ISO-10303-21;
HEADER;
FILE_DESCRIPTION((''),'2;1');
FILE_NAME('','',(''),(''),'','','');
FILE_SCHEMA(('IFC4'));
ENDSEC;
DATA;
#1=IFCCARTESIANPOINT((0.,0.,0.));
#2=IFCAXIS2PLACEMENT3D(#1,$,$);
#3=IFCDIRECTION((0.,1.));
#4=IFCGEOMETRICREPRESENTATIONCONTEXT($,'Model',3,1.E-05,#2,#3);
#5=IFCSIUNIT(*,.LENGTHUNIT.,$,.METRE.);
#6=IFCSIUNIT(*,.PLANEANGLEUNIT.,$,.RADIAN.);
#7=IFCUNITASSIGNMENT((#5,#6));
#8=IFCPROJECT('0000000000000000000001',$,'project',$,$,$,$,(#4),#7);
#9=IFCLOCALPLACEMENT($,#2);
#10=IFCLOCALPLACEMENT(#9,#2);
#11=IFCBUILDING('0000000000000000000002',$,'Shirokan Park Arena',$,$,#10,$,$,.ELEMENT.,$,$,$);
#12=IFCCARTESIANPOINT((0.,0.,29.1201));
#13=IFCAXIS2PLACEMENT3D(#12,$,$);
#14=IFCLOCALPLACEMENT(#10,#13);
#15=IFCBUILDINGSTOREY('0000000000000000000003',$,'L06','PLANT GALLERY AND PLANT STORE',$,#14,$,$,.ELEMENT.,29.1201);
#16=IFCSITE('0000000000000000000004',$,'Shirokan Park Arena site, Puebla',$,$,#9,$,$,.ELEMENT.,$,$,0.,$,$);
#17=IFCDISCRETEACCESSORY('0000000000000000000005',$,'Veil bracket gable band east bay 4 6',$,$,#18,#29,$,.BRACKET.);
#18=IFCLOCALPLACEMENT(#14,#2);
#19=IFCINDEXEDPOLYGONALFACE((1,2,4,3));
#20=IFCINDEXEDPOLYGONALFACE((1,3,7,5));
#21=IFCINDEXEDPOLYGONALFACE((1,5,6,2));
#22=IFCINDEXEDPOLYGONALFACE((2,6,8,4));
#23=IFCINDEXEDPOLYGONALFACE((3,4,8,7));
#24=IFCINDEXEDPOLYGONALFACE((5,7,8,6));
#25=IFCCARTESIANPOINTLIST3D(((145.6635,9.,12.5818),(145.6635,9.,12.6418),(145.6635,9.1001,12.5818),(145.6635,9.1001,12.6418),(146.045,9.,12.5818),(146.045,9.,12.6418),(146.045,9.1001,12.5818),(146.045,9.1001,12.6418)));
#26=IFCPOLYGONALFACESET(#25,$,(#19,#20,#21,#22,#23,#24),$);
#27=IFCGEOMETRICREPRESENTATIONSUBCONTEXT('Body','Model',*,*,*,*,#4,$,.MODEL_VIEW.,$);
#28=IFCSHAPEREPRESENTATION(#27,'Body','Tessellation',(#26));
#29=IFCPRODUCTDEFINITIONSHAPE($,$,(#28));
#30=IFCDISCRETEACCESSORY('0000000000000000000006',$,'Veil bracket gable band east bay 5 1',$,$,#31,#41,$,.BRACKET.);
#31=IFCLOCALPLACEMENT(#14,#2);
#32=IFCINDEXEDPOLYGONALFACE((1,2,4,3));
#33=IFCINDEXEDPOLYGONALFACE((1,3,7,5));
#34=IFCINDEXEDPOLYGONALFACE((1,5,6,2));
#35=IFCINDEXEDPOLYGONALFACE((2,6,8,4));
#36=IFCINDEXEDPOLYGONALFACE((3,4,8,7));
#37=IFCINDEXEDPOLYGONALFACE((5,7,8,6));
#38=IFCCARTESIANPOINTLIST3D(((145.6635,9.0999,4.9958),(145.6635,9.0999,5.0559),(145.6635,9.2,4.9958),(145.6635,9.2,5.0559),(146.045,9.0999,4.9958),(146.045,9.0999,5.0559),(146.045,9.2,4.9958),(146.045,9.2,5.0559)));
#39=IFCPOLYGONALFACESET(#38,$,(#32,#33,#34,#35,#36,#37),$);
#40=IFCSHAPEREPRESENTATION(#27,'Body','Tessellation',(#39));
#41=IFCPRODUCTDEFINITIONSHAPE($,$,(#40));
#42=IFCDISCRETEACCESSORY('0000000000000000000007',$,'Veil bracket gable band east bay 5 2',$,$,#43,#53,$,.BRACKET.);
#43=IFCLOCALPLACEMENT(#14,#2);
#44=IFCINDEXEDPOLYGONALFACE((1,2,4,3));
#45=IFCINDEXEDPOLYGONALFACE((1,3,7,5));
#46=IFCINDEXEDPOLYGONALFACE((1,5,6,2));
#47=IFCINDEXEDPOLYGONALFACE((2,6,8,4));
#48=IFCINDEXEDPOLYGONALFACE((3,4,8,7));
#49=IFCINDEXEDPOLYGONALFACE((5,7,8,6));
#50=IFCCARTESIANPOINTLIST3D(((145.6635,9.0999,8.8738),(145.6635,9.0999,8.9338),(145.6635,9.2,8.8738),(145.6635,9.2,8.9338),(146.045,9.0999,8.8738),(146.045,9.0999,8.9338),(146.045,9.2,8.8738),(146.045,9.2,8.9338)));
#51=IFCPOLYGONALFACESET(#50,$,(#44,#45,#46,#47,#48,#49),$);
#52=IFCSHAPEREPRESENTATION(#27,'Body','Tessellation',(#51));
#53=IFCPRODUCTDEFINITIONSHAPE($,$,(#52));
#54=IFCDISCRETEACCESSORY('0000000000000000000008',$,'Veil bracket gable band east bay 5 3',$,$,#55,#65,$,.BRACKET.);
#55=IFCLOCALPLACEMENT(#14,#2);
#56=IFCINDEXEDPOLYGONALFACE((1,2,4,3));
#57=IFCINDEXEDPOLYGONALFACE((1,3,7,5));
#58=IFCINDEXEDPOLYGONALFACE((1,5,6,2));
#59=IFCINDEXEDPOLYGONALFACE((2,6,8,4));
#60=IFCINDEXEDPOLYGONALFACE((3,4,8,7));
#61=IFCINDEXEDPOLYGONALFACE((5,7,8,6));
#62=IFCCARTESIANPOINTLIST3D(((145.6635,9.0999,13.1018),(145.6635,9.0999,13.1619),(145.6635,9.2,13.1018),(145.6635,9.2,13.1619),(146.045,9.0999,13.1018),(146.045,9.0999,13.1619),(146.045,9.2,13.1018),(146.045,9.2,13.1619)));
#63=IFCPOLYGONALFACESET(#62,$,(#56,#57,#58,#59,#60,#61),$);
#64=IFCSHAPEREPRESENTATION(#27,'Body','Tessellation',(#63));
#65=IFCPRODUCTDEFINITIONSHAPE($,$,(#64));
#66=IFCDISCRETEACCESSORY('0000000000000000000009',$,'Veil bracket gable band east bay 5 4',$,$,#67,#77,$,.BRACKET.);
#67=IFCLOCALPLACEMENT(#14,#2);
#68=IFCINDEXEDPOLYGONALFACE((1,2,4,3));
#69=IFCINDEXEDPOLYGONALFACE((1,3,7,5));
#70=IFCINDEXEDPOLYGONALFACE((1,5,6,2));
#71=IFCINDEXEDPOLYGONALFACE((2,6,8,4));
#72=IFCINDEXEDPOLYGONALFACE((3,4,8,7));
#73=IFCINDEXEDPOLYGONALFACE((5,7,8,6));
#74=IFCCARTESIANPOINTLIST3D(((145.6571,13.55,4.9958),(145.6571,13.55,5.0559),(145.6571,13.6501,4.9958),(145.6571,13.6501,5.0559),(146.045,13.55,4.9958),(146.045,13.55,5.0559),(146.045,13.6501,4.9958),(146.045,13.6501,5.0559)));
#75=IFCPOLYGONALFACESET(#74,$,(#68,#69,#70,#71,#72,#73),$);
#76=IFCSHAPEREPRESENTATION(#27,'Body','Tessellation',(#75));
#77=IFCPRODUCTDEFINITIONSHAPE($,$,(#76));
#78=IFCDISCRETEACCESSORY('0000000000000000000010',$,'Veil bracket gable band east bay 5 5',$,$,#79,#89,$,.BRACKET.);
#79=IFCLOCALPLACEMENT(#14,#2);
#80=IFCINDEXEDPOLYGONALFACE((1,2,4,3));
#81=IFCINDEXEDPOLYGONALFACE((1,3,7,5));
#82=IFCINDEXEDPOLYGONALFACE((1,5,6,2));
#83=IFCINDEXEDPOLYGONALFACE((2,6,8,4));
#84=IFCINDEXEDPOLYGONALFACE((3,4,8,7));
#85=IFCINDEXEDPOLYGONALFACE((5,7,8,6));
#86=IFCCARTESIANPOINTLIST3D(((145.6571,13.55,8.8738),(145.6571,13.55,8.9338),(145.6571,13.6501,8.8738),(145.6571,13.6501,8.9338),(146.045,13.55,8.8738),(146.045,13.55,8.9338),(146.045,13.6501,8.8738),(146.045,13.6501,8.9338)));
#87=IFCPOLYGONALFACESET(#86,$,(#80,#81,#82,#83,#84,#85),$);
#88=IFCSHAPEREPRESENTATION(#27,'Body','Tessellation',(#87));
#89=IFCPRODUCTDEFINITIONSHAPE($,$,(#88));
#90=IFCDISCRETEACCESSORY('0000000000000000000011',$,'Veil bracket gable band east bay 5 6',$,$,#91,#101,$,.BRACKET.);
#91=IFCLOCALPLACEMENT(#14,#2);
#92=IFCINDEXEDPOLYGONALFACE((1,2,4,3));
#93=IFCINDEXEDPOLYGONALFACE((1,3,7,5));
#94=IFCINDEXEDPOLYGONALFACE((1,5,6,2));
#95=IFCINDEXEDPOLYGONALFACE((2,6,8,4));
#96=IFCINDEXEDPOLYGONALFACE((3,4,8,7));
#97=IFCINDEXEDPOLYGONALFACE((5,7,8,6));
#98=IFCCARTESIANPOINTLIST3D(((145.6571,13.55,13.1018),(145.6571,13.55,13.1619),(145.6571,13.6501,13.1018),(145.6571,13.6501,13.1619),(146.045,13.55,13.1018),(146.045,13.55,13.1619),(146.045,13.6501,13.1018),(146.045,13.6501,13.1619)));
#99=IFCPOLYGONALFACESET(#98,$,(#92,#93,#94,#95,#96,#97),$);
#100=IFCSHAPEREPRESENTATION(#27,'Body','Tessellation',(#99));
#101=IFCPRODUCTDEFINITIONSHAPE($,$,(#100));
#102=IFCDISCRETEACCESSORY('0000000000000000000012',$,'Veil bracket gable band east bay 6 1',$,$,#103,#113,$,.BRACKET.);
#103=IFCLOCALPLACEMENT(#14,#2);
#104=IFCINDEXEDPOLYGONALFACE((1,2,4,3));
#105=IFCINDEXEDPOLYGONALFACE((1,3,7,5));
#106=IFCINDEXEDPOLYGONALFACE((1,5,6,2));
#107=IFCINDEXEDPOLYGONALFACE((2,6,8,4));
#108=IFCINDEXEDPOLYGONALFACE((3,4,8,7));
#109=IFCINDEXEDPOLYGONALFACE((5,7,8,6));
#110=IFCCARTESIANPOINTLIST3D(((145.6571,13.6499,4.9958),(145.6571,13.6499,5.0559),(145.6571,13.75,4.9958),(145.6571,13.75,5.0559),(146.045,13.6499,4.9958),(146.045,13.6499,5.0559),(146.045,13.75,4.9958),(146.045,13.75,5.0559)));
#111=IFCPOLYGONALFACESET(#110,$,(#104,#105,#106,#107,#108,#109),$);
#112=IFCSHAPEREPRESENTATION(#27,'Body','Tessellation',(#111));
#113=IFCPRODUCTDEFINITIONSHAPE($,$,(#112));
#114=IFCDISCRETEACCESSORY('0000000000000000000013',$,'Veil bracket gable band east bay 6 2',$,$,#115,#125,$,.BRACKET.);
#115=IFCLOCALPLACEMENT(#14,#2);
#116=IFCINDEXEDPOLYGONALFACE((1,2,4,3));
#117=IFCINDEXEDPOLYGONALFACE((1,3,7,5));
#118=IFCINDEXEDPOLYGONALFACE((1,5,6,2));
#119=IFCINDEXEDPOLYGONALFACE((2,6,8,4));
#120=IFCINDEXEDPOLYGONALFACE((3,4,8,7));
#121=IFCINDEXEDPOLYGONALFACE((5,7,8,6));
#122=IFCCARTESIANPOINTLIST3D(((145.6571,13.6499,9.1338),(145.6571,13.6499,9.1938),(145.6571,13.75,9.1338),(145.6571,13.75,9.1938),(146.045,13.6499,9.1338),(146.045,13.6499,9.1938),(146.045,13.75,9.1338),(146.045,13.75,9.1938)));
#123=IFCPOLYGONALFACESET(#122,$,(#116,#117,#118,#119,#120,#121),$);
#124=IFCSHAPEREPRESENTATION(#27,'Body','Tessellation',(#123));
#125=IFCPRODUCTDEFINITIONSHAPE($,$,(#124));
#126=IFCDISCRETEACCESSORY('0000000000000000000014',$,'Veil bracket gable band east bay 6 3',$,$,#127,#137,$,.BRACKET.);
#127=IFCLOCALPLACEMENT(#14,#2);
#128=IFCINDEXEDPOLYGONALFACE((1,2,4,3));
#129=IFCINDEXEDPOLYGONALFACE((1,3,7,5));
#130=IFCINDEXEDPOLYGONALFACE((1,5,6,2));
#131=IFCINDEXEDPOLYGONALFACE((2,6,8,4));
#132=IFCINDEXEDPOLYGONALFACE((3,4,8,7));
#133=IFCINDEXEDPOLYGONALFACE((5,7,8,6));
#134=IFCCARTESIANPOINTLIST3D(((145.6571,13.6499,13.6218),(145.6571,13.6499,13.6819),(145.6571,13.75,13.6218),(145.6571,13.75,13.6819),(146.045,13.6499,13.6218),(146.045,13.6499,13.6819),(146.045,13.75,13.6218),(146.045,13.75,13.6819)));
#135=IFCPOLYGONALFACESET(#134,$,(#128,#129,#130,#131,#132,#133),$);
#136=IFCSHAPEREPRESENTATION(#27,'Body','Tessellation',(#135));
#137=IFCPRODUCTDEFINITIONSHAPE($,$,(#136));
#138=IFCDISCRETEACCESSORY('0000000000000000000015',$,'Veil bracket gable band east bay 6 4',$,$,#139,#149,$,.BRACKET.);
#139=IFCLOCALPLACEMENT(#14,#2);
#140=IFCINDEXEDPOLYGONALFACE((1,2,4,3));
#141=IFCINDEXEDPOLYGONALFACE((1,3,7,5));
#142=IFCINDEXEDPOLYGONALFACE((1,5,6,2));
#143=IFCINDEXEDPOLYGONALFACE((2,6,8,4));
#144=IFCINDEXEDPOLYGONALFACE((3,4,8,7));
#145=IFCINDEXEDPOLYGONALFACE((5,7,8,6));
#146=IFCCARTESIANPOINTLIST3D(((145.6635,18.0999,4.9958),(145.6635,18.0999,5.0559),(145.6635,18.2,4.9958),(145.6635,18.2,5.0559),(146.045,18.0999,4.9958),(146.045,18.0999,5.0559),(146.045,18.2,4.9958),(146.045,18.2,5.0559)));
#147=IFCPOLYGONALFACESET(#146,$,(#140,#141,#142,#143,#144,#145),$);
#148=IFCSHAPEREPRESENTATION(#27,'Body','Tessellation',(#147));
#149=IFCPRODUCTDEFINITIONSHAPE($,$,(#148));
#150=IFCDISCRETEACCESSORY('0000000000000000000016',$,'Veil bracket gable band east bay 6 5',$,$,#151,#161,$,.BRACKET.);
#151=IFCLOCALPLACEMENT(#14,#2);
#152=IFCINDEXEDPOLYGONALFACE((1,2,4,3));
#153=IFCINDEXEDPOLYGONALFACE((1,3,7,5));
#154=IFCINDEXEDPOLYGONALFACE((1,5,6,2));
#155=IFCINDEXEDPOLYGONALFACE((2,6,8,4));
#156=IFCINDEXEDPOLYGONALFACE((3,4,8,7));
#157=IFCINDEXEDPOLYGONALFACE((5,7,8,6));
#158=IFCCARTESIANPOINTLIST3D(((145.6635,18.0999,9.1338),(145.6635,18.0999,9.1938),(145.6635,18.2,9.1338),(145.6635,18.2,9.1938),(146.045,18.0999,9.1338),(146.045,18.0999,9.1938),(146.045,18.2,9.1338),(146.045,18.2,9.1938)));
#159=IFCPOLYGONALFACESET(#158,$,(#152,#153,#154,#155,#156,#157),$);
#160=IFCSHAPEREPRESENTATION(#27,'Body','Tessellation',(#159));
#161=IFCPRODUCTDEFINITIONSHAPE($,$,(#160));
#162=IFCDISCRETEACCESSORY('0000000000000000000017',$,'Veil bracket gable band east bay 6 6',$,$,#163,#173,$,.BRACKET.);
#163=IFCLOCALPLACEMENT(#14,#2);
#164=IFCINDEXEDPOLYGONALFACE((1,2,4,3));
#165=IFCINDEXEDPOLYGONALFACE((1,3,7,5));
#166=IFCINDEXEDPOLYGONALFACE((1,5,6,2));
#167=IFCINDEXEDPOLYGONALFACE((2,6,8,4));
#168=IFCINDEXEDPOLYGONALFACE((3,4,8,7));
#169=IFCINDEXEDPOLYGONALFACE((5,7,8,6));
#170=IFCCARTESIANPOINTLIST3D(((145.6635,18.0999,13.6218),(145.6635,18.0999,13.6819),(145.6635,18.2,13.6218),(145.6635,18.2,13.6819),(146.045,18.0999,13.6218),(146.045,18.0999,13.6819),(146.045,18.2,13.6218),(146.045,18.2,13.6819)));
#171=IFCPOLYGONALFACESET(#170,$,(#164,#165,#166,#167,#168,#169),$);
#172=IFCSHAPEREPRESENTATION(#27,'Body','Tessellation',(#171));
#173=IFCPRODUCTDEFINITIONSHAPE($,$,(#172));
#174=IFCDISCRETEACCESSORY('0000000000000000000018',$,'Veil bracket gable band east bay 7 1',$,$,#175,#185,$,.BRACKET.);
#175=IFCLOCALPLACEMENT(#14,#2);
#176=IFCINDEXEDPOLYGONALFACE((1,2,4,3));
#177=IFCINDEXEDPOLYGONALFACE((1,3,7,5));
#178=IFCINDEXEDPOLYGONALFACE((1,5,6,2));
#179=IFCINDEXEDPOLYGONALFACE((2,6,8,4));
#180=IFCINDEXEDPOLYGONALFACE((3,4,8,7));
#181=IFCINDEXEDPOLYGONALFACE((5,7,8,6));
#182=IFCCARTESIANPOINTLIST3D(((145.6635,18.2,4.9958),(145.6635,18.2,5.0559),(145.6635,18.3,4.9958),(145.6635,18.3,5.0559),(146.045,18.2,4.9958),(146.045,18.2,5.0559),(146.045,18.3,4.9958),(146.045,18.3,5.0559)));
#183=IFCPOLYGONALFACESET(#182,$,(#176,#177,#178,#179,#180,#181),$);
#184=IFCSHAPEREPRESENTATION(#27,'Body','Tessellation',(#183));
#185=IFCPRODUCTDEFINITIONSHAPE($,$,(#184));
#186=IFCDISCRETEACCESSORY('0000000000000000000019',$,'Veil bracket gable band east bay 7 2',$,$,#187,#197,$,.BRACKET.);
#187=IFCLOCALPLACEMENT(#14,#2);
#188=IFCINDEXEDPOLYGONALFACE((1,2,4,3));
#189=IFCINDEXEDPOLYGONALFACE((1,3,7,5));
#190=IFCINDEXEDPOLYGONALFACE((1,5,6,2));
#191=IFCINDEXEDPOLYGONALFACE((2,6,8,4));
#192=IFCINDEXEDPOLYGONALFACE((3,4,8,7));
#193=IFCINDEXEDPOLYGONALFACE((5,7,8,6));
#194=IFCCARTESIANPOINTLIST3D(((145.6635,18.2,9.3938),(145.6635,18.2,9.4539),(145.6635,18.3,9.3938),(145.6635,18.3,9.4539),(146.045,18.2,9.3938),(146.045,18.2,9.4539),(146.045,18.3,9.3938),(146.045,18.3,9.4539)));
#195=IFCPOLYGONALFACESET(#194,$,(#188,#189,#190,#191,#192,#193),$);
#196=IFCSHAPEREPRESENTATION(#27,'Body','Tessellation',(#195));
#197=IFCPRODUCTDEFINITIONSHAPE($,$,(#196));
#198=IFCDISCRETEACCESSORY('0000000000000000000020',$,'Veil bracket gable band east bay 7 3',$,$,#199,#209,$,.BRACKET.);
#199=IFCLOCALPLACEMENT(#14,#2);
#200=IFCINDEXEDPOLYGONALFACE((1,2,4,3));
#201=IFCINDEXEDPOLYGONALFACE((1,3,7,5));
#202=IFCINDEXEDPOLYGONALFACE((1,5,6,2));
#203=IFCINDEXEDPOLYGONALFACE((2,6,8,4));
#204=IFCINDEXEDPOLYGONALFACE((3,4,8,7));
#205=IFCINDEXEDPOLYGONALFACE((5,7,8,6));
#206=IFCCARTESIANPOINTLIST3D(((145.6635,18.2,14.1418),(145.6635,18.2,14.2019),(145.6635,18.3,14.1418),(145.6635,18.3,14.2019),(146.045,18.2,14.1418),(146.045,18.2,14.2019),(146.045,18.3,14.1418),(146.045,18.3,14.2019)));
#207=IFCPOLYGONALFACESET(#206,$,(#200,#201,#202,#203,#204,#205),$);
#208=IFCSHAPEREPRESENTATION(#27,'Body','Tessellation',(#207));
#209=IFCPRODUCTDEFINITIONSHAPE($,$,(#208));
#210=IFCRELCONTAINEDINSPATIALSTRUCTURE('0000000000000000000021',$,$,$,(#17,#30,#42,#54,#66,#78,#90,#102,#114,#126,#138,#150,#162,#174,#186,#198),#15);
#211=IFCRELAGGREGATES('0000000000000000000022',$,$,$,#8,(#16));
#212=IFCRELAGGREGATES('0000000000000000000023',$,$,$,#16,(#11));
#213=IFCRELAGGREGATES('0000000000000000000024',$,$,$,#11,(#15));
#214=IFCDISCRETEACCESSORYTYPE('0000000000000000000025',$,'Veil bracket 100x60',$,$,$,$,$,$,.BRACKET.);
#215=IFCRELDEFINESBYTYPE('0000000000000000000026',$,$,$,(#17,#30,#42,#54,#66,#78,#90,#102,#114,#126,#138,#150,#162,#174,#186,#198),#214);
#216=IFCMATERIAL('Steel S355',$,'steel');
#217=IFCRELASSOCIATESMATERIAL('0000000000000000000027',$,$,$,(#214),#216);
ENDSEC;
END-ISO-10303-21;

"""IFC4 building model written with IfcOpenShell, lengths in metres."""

from ifc_helpers import new_model, si_unit, direction, frame, origin, origin_2d, place, context, subcontext, project, spatial, rectangle, extrude, material, type_object, element, save


model = new_model("IFC4")

# Units and contexts
model_context = context("Model", 3, precision=1e-05, world=origin(), true_north=direction((0.0, 1.0)))
body_context = subcontext(model_context, "Body", "Model", "MODEL_VIEW")
ifc_project = project(units=[si_unit("LENGTHUNIT", "METRE"), si_unit("PLANEANGLEUNIT", "RADIAN")], contexts=[model_context])

# Site, building, storey
site_placement = place(None, origin())
site = spatial("IfcSite", under=ifc_project, at=site_placement, Name="Shirokan Park Arena site, Puebla", CompositionType="ELEMENT", RefElevation=0.0)
building_placement = place(site_placement, origin())
building = spatial("IfcBuilding", under=site, at=building_placement, Name="Shirokan Park Arena", CompositionType="ELEMENT")
storey_placement = place(building_placement, frame((0.0, 0.0, 29.1201)))
storey = spatial("IfcBuildingStorey", under=building, at=storey_placement, Name="L06", Description="PLANT GALLERY AND PLANT STORE", CompositionType="ELEMENT", Elevation=29.1201)

# Discrete accessories
ifc_material_1 = material(Name="Steel S355", Category="steel")
discrete_accessory_type = type_object("IfcDiscreteAccessoryType", Name="Veil bracket 100x60", PredefinedType="BRACKET", material=ifc_material_1)
for number, where, z_axis, x_axis, name in (
    (1, (145.8542, 9.05, 12.5818), (0.0, 0.0, 1.0), (1.0, 0.0, 0.0), "Veil bracket gable band east bay 4 6"),
    (2, (145.8542, 9.1499, 4.9958), (0.0, 0.0, 1.0), (1.0, 0.0, 0.0), "Veil bracket gable band east bay 5 1"),
    (3, (145.8542, 9.1499, 8.8738), (0.0, 0.0, 1.0), (1.0, 0.0, 0.0), "Veil bracket gable band east bay 5 2"),
    (4, (145.8542, 9.1499, 13.1018), (0.0, 0.0, 1.0), (1.0, 0.0, 0.0), "Veil bracket gable band east bay 5 3"),
):
    element("IfcDiscreteAccessory", number, at=place(storey_placement, frame(where, z_axis=z_axis, x_axis=x_axis)), inside=storey, type_object=discrete_accessory_type, Name=name, PredefinedType="BRACKET", context=body_context, shape_type="SweptSolid", body=[
        extrude(rectangle(XDim=0.3816, YDim=0.1001, at=origin_2d()), origin(), (0.0, 0.0, 1.0), 0.0601),
    ])
for number, where, z_axis, x_axis, name in (
    (5, (145.8511, 13.6001, 4.9958), (0.0, 0.0, 1.0), (1.0, 0.0, 0.0), "Veil bracket gable band east bay 5 4"),
    (6, (145.8511, 13.6001, 8.8738), (0.0, 0.0, 1.0), (1.0, 0.0, 0.0), "Veil bracket gable band east bay 5 5"),
    (7, (145.8511, 13.6001, 13.1018), (0.0, 0.0, 1.0), (1.0, 0.0, 0.0), "Veil bracket gable band east bay 5 6"),
    (8, (145.8511, 13.7, 4.9958), (0.0, 0.0, 1.0), (1.0, 0.0, 0.0), "Veil bracket gable band east bay 6 1"),
    (9, (145.8511, 13.7, 9.1338), (0.0, 0.0, 1.0), (1.0, 0.0, 0.0), "Veil bracket gable band east bay 6 2"),
    (10, (145.8511, 13.7, 13.6218), (0.0, 0.0, 1.0), (1.0, 0.0, 0.0), "Veil bracket gable band east bay 6 3"),
):
    element("IfcDiscreteAccessory", number, at=place(storey_placement, frame(where, z_axis=z_axis, x_axis=x_axis)), inside=storey, type_object=discrete_accessory_type, Name=name, PredefinedType="BRACKET", context=body_context, shape_type="SweptSolid", body=[
        extrude(rectangle(XDim=0.3879, YDim=0.1001, at=origin_2d()), origin(), (0.0, 0.0, 1.0), 0.0601),
    ])
for number, where, z_axis, x_axis, name in (
    (11, (145.8542, 18.1499, 4.9958), (0.0, 0.0, 1.0), (1.0, 0.0, 0.0), "Veil bracket gable band east bay 6 4"),
    (12, (145.8542, 18.1499, 9.1338), (0.0, 0.0, 1.0), (1.0, 0.0, 0.0), "Veil bracket gable band east bay 6 5"),
    (13, (145.8542, 18.1499, 13.6218), (0.0, 0.0, 1.0), (1.0, 0.0, 0.0), "Veil bracket gable band east bay 6 6"),
    (14, (145.8542, 18.25, 4.9958), (0.0, 0.0, 1.0), (1.0, 0.0, 0.0), "Veil bracket gable band east bay 7 1"),
    (15, (145.8542, 18.25, 9.3938), (0.0, 0.0, 1.0), (1.0, 0.0, 0.0), "Veil bracket gable band east bay 7 2"),
    (16, (145.8542, 18.25, 14.1418), (0.0, 0.0, 1.0), (1.0, 0.0, 0.0), "Veil bracket gable band east bay 7 3"),
):
    element("IfcDiscreteAccessory", number, at=place(storey_placement, frame(where, z_axis=z_axis, x_axis=x_axis)), inside=storey, type_object=discrete_accessory_type, Name=name, PredefinedType="BRACKET", context=body_context, shape_type="SweptSolid", body=[
        extrude(rectangle(XDim=0.3816, YDim=0.1001, at=origin_2d()), origin(), (0.0, 0.0, 1.0), 0.0601),
    ])

save(model, "model.ifc")
